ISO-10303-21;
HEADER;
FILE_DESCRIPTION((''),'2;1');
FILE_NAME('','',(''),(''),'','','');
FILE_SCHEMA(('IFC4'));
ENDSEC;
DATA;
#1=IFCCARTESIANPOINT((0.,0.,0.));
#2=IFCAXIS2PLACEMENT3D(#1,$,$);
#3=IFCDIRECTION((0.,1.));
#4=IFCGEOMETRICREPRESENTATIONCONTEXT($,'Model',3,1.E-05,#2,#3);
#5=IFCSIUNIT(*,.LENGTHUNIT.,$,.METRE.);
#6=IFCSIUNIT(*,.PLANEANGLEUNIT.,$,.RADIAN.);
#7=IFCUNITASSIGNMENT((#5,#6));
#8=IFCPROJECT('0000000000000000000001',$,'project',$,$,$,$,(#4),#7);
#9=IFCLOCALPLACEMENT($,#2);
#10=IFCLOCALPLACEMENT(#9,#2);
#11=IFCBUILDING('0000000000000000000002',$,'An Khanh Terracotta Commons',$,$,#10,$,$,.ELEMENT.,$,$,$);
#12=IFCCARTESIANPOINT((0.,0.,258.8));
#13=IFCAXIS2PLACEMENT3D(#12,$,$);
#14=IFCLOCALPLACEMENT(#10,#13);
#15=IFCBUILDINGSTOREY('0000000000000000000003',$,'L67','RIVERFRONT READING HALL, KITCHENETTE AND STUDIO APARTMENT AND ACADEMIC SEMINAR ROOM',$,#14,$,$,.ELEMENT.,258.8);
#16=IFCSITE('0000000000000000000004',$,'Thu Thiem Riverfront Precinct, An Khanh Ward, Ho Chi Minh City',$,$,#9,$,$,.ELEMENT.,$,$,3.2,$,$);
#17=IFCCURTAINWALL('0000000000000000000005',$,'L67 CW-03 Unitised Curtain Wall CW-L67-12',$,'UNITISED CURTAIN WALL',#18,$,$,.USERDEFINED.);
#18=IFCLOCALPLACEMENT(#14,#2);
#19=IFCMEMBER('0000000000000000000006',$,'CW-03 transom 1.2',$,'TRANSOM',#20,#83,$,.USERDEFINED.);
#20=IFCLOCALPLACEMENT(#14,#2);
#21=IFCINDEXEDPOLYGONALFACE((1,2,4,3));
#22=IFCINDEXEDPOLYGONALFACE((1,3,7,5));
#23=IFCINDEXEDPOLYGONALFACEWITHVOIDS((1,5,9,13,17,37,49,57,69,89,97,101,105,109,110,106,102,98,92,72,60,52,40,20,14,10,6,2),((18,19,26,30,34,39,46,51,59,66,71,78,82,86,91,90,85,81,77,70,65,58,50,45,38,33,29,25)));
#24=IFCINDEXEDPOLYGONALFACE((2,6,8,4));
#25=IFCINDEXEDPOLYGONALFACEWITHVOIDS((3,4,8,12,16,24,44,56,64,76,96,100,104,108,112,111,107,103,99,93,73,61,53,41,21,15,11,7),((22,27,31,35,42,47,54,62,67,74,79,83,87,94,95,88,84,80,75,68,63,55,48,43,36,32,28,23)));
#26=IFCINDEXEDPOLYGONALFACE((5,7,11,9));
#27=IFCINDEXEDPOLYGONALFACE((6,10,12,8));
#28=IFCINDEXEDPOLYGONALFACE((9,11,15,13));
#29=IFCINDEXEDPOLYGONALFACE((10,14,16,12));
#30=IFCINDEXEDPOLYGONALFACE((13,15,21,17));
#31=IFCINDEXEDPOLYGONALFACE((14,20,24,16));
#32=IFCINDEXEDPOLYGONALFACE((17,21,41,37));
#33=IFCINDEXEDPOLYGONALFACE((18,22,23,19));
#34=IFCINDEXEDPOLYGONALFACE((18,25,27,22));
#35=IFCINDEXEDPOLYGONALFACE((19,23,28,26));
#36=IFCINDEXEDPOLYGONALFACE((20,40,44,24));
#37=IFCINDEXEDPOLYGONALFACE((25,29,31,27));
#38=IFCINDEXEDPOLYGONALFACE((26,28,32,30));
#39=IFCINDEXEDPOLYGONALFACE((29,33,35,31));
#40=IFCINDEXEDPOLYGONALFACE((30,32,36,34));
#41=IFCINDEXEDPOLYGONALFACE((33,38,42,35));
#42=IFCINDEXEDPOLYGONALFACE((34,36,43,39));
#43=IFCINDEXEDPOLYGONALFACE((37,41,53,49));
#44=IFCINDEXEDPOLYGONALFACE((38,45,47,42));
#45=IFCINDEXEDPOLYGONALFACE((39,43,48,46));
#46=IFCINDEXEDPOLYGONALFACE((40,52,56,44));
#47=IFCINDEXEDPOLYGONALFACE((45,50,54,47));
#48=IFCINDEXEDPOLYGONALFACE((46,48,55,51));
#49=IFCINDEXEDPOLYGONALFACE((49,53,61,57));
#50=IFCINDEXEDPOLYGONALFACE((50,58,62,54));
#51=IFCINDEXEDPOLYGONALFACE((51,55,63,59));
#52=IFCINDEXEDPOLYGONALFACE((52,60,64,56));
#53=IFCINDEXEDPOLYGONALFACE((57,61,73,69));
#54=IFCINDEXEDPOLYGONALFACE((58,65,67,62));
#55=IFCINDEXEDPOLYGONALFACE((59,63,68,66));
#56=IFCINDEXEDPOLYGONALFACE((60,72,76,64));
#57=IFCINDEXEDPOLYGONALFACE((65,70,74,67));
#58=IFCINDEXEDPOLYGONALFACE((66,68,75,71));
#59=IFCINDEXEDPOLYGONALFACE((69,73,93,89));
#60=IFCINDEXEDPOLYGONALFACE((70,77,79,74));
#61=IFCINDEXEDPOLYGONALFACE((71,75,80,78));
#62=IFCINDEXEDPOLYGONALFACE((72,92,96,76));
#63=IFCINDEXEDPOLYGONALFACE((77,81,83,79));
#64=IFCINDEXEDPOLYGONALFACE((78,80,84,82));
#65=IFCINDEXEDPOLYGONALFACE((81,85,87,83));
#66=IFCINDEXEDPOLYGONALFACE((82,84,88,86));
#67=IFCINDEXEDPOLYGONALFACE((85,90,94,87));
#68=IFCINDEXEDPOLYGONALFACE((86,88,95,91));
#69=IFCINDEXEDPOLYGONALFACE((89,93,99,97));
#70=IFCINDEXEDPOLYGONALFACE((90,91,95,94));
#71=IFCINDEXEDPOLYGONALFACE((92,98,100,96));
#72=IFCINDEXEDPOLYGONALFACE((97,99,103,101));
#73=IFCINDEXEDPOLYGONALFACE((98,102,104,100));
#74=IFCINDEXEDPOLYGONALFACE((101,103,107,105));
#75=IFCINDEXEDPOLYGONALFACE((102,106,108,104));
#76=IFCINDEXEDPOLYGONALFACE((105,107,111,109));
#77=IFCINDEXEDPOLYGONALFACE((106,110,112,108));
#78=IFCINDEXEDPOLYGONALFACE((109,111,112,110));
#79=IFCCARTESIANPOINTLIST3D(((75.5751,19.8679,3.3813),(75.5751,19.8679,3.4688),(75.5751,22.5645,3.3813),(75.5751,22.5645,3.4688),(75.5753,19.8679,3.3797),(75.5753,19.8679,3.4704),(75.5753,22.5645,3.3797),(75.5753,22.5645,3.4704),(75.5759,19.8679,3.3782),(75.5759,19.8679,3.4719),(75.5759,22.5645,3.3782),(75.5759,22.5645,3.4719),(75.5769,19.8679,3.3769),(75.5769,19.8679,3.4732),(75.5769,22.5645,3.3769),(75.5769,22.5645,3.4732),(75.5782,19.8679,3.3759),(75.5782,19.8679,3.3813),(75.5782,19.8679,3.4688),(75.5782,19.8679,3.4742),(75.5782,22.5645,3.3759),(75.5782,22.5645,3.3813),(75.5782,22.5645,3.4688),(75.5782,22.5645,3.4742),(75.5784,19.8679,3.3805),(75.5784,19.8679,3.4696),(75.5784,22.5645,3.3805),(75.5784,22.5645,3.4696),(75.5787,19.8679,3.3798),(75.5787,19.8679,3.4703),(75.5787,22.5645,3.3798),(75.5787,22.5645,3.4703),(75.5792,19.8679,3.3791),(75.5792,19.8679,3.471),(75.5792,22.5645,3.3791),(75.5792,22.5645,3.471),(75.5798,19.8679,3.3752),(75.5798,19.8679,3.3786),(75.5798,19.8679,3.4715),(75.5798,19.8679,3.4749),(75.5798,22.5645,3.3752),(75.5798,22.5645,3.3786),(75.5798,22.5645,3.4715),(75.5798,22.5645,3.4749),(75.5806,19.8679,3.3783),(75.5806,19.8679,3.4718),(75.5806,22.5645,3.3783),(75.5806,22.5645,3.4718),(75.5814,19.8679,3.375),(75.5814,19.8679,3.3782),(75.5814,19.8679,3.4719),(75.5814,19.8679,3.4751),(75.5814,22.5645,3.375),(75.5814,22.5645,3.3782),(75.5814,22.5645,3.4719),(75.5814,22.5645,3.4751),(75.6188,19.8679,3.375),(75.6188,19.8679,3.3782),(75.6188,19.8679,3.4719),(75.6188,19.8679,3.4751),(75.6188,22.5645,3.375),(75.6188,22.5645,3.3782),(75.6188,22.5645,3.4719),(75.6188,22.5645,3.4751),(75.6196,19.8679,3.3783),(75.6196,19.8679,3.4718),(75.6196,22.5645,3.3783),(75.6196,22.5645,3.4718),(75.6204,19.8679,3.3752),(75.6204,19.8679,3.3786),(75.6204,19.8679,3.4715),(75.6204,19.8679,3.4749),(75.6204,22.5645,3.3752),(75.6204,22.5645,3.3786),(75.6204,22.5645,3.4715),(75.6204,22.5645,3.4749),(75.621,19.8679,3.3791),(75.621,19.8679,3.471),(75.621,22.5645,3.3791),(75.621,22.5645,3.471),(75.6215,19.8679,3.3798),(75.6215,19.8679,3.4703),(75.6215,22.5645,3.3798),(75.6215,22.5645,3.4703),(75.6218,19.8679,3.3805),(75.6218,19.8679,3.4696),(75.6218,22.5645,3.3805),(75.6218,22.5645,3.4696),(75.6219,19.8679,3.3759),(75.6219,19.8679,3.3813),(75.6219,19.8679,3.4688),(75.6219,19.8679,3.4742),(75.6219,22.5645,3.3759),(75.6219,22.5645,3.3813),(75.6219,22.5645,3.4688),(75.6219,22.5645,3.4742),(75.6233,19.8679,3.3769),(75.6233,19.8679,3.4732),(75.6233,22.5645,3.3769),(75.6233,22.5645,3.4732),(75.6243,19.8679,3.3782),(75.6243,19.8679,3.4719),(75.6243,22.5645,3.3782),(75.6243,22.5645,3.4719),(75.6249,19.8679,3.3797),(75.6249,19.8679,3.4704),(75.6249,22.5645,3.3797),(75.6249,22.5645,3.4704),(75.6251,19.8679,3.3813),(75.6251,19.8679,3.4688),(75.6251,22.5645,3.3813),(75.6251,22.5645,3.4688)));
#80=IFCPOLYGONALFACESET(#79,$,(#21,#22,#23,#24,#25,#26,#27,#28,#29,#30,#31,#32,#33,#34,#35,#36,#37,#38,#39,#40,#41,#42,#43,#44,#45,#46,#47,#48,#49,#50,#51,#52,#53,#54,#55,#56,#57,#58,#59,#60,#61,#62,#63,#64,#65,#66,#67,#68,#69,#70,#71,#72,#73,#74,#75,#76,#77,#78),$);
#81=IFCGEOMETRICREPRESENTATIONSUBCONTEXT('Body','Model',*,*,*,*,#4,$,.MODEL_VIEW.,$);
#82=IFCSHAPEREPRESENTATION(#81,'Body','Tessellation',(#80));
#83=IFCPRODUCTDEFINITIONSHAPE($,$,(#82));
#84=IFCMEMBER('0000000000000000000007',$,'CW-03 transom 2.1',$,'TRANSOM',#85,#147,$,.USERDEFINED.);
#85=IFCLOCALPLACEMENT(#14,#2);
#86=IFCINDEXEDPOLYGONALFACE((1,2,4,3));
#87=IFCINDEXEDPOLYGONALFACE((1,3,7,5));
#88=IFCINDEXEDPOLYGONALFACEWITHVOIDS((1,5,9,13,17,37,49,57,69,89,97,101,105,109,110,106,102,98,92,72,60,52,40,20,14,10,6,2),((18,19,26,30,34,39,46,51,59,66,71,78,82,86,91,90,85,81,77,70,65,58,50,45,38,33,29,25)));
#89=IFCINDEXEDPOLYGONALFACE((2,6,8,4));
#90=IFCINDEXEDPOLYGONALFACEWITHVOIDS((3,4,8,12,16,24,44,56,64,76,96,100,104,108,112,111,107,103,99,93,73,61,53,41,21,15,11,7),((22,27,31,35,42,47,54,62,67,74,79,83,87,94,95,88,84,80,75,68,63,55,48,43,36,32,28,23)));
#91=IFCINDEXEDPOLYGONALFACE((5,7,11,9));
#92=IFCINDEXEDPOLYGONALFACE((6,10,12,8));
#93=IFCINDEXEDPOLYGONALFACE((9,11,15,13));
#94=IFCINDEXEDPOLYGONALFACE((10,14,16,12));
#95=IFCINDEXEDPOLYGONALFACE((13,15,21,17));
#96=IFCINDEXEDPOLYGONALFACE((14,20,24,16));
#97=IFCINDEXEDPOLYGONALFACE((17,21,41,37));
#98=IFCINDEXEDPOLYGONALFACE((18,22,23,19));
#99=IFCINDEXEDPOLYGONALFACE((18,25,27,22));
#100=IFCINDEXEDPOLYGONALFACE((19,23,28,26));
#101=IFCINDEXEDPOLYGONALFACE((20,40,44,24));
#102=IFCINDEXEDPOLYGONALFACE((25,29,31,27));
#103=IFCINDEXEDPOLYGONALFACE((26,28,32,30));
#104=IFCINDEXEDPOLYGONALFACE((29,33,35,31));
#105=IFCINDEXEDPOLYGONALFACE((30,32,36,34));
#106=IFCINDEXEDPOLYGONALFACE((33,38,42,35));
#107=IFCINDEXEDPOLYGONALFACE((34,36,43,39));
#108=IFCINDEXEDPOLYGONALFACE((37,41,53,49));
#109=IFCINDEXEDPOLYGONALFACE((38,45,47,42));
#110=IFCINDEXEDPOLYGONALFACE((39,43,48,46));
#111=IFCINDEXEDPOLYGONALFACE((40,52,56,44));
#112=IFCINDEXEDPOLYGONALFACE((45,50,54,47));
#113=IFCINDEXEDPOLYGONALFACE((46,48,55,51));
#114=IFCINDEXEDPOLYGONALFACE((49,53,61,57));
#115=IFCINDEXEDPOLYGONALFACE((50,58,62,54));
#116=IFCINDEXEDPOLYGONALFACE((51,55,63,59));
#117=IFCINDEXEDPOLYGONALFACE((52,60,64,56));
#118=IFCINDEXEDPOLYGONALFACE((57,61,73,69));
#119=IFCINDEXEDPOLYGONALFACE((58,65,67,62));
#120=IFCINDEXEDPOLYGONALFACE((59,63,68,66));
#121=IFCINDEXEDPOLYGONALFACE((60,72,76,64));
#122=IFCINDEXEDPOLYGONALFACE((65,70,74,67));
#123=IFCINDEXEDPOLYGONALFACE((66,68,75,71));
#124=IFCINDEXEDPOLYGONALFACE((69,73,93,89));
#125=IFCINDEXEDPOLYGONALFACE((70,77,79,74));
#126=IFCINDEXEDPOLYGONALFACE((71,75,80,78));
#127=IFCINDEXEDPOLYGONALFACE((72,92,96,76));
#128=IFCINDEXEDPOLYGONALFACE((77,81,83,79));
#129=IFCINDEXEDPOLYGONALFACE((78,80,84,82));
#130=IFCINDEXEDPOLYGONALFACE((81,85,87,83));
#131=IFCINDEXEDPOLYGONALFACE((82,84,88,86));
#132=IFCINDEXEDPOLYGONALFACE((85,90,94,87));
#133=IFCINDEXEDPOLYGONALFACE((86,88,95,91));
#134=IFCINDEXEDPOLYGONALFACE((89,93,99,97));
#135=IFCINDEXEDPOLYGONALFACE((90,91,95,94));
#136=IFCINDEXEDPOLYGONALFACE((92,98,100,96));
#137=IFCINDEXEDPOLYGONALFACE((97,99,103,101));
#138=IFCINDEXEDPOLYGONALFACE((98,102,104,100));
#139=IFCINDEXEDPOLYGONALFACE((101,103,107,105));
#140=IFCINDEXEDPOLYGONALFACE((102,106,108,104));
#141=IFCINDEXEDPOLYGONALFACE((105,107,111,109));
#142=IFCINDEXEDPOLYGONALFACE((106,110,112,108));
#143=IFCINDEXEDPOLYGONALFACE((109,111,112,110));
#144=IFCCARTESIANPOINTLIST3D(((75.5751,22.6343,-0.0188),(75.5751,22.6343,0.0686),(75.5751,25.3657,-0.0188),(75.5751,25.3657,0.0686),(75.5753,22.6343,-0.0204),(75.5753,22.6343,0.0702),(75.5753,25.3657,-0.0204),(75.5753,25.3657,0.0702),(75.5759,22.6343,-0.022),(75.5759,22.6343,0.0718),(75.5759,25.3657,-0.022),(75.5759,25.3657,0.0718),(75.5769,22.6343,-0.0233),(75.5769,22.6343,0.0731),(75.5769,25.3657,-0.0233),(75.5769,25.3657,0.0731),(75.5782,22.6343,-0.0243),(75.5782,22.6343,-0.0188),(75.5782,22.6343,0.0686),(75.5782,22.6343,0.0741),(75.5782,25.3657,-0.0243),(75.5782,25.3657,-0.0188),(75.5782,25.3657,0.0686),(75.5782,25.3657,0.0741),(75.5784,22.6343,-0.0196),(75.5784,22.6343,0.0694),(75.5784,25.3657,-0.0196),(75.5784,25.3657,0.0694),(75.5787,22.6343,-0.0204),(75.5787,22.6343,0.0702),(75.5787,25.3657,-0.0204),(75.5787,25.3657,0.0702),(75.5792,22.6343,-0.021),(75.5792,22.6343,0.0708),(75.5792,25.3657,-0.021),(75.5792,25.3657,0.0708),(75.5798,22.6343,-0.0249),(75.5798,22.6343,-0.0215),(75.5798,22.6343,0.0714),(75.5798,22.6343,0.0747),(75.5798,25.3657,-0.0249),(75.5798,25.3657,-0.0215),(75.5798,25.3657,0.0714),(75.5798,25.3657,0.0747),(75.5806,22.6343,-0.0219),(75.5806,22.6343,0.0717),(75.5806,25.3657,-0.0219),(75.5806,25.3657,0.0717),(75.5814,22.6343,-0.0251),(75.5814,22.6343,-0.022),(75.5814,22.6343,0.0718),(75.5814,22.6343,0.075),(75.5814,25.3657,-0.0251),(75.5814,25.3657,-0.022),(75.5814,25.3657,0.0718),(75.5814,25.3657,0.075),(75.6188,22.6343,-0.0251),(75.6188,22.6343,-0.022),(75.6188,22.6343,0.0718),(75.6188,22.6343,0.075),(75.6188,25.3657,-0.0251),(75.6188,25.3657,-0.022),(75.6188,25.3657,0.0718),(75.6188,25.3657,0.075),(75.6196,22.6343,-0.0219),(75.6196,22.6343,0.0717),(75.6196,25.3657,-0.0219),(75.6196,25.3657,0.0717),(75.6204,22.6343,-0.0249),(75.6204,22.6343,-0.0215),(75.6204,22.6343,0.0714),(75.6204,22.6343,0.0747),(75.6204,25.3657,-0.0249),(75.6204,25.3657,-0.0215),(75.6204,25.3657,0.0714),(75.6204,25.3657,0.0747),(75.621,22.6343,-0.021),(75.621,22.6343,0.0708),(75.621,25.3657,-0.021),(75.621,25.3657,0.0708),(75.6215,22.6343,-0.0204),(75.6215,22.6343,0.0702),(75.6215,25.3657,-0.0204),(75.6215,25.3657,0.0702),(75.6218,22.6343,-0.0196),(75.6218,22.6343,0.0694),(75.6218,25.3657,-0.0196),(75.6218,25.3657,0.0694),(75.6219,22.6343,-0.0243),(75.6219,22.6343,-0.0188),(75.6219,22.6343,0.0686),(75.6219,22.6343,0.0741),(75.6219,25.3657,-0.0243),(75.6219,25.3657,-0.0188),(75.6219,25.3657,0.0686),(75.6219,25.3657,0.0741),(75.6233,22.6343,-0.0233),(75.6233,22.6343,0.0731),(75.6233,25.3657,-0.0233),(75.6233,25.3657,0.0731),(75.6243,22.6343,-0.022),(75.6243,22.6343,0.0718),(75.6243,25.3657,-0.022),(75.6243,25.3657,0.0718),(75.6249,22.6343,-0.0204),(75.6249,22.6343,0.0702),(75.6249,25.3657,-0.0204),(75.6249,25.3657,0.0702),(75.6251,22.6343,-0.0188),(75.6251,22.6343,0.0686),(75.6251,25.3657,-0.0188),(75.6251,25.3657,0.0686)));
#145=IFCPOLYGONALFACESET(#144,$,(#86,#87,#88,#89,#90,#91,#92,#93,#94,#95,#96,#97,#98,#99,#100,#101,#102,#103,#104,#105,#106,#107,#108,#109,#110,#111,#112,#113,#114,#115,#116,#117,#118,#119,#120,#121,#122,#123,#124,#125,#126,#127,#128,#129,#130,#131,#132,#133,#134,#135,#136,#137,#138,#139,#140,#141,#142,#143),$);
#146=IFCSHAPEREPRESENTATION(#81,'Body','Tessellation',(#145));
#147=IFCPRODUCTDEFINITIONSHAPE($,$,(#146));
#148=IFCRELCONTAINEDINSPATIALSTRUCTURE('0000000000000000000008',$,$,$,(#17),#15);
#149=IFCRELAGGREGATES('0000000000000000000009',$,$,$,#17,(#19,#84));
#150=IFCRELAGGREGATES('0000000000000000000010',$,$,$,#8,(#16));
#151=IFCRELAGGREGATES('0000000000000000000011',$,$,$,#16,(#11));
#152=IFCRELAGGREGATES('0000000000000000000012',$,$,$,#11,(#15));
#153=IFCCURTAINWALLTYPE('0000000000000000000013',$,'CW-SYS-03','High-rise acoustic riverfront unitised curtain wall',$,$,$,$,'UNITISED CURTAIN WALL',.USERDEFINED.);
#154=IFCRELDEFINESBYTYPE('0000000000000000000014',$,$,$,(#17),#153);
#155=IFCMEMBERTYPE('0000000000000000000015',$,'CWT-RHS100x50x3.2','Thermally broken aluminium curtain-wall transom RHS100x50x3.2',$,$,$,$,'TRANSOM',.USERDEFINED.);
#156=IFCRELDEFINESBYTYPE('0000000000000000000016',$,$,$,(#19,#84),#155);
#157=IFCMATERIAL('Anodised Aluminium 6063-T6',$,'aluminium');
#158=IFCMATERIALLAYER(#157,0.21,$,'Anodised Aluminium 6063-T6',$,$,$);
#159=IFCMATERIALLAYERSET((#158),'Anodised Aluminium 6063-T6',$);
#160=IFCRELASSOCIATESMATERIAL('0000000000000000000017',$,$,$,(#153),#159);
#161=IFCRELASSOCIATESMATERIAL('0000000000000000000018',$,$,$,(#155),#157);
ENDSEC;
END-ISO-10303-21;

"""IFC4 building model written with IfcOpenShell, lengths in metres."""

from ifc_helpers import new_model, si_unit, direction, frame, origin, origin_2d, place, context, subcontext, project, spatial, hollow_rectangle, extrude, material, layer, layer_set, material_profile, profile_set, type_object, element, aggregate, save


model = new_model("IFC4")

# Units and contexts
model_context = context("Model", 3, precision=1e-05, world=origin(), true_north=direction((0.0, 1.0)))
body_context = subcontext(model_context, "Body", "Model", "MODEL_VIEW")
ifc_project = project(units=[si_unit("LENGTHUNIT", "METRE"), si_unit("PLANEANGLEUNIT", "RADIAN")], contexts=[model_context])

# Site, building, storey
site_placement = place(None, origin())
site = spatial("IfcSite", under=ifc_project, at=site_placement, Name="Thu Thiem Riverfront Precinct, An Khanh Ward, Ho Chi Minh City", CompositionType="ELEMENT", RefElevation=3.2)
building_placement = place(site_placement, origin())
building = spatial("IfcBuilding", under=site, at=building_placement, Name="An Khanh Terracotta Commons", CompositionType="ELEMENT")
storey_placement = place(building_placement, frame((0.0, 0.0, 258.8)))
storey = spatial("IfcBuildingStorey", under=building, at=storey_placement, Name="L67", Description="RIVERFRONT READING HALL, KITCHENETTE AND STUDIO APARTMENT AND ACADEMIC SEMINAR ROOM", CompositionType="ELEMENT", Elevation=258.8)

# Curtain wall
ifc_material_1 = material(Name="Anodised Aluminium 6063-T6", Category="aluminium")
ifc_layer_1 = layer(ifc_material_1, 0.21, Name="Anodised Aluminium 6063-T6")
ifc_layer_set_1 = layer_set([ifc_layer_1], Name="Anodised Aluminium 6063-T6")
curtain_wall_type = type_object("IfcCurtainWallType", Name="CW-SYS-03", Description="High-rise acoustic riverfront unitised curtain wall", ElementType="UNITISED CURTAIN WALL", PredefinedType="USERDEFINED", material=ifc_layer_set_1)
curtain_wall_1_placement = place(storey_placement, origin())
curtain_wall_1 = element("IfcCurtainWall", 1, at=curtain_wall_1_placement, inside=storey, type_object=curtain_wall_type, Name="L67 CW-03 Unitised Curtain Wall CW-L67-12", ObjectType="UNITISED CURTAIN WALL", PredefinedType="USERDEFINED")

# Members
ifc_material_profile_1 = material_profile(ifc_material_1, hollow_rectangle(XDim=0.05, YDim=0.1001, WallThickness=0.0032, InnerFilletRadius=0.0032, OuterFilletRadius=0.0063, at=origin_2d()), Name="RHS100x50x3.2")
ifc_profile_set_1 = profile_set([ifc_material_profile_1], Name="Anodised Aluminium 6063-T6")
member_type_1 = type_object("IfcMemberType", Name="CWT-RHS100x50x3.2", Description="Thermally broken aluminium curtain-wall transom RHS100x50x3.2", ElementType="TRANSOM", PredefinedType="USERDEFINED", material=ifc_profile_set_1)
member_1_placement = place(storey_placement, frame((75.6001, 19.8679, 3.425), z_axis=(0.0, 1.0, 0.0), x_axis=(-1.0, 0.0, 0.0)))
member_1 = element("IfcMember", 2, at=member_1_placement, type_object=member_type_1, Name="CW-03 transom 1.2", ObjectType="TRANSOM", PredefinedType="USERDEFINED", context=body_context, shape_type="SweptSolid", body=[
    extrude(hollow_rectangle(XDim=0.05, YDim=0.1001, WallThickness=0.0032, InnerFilletRadius=0.0032, OuterFilletRadius=0.0063, at=origin_2d()), origin(), (0.0, 0.0, 1.0), 2.6965),
])
member_2_placement = place(storey_placement, frame((75.6001, 22.6343, 0.0249), z_axis=(0.0, 1.0, 0.0), x_axis=(-1.0, 0.0, 0.0)))
member_2 = element("IfcMember", 3, at=member_2_placement, type_object=member_type_1, Name="CW-03 transom 2.1", ObjectType="TRANSOM", PredefinedType="USERDEFINED", context=body_context, shape_type="SweptSolid", body=[
    extrude(hollow_rectangle(XDim=0.05, YDim=0.1001, WallThickness=0.0032, InnerFilletRadius=0.0032, OuterFilletRadius=0.0063, at=origin_2d()), origin(), (0.0, 0.0, 1.0), 2.7314),
])

aggregate(curtain_wall_1, [member_1, member_2])

save(model, "model.ifc")
